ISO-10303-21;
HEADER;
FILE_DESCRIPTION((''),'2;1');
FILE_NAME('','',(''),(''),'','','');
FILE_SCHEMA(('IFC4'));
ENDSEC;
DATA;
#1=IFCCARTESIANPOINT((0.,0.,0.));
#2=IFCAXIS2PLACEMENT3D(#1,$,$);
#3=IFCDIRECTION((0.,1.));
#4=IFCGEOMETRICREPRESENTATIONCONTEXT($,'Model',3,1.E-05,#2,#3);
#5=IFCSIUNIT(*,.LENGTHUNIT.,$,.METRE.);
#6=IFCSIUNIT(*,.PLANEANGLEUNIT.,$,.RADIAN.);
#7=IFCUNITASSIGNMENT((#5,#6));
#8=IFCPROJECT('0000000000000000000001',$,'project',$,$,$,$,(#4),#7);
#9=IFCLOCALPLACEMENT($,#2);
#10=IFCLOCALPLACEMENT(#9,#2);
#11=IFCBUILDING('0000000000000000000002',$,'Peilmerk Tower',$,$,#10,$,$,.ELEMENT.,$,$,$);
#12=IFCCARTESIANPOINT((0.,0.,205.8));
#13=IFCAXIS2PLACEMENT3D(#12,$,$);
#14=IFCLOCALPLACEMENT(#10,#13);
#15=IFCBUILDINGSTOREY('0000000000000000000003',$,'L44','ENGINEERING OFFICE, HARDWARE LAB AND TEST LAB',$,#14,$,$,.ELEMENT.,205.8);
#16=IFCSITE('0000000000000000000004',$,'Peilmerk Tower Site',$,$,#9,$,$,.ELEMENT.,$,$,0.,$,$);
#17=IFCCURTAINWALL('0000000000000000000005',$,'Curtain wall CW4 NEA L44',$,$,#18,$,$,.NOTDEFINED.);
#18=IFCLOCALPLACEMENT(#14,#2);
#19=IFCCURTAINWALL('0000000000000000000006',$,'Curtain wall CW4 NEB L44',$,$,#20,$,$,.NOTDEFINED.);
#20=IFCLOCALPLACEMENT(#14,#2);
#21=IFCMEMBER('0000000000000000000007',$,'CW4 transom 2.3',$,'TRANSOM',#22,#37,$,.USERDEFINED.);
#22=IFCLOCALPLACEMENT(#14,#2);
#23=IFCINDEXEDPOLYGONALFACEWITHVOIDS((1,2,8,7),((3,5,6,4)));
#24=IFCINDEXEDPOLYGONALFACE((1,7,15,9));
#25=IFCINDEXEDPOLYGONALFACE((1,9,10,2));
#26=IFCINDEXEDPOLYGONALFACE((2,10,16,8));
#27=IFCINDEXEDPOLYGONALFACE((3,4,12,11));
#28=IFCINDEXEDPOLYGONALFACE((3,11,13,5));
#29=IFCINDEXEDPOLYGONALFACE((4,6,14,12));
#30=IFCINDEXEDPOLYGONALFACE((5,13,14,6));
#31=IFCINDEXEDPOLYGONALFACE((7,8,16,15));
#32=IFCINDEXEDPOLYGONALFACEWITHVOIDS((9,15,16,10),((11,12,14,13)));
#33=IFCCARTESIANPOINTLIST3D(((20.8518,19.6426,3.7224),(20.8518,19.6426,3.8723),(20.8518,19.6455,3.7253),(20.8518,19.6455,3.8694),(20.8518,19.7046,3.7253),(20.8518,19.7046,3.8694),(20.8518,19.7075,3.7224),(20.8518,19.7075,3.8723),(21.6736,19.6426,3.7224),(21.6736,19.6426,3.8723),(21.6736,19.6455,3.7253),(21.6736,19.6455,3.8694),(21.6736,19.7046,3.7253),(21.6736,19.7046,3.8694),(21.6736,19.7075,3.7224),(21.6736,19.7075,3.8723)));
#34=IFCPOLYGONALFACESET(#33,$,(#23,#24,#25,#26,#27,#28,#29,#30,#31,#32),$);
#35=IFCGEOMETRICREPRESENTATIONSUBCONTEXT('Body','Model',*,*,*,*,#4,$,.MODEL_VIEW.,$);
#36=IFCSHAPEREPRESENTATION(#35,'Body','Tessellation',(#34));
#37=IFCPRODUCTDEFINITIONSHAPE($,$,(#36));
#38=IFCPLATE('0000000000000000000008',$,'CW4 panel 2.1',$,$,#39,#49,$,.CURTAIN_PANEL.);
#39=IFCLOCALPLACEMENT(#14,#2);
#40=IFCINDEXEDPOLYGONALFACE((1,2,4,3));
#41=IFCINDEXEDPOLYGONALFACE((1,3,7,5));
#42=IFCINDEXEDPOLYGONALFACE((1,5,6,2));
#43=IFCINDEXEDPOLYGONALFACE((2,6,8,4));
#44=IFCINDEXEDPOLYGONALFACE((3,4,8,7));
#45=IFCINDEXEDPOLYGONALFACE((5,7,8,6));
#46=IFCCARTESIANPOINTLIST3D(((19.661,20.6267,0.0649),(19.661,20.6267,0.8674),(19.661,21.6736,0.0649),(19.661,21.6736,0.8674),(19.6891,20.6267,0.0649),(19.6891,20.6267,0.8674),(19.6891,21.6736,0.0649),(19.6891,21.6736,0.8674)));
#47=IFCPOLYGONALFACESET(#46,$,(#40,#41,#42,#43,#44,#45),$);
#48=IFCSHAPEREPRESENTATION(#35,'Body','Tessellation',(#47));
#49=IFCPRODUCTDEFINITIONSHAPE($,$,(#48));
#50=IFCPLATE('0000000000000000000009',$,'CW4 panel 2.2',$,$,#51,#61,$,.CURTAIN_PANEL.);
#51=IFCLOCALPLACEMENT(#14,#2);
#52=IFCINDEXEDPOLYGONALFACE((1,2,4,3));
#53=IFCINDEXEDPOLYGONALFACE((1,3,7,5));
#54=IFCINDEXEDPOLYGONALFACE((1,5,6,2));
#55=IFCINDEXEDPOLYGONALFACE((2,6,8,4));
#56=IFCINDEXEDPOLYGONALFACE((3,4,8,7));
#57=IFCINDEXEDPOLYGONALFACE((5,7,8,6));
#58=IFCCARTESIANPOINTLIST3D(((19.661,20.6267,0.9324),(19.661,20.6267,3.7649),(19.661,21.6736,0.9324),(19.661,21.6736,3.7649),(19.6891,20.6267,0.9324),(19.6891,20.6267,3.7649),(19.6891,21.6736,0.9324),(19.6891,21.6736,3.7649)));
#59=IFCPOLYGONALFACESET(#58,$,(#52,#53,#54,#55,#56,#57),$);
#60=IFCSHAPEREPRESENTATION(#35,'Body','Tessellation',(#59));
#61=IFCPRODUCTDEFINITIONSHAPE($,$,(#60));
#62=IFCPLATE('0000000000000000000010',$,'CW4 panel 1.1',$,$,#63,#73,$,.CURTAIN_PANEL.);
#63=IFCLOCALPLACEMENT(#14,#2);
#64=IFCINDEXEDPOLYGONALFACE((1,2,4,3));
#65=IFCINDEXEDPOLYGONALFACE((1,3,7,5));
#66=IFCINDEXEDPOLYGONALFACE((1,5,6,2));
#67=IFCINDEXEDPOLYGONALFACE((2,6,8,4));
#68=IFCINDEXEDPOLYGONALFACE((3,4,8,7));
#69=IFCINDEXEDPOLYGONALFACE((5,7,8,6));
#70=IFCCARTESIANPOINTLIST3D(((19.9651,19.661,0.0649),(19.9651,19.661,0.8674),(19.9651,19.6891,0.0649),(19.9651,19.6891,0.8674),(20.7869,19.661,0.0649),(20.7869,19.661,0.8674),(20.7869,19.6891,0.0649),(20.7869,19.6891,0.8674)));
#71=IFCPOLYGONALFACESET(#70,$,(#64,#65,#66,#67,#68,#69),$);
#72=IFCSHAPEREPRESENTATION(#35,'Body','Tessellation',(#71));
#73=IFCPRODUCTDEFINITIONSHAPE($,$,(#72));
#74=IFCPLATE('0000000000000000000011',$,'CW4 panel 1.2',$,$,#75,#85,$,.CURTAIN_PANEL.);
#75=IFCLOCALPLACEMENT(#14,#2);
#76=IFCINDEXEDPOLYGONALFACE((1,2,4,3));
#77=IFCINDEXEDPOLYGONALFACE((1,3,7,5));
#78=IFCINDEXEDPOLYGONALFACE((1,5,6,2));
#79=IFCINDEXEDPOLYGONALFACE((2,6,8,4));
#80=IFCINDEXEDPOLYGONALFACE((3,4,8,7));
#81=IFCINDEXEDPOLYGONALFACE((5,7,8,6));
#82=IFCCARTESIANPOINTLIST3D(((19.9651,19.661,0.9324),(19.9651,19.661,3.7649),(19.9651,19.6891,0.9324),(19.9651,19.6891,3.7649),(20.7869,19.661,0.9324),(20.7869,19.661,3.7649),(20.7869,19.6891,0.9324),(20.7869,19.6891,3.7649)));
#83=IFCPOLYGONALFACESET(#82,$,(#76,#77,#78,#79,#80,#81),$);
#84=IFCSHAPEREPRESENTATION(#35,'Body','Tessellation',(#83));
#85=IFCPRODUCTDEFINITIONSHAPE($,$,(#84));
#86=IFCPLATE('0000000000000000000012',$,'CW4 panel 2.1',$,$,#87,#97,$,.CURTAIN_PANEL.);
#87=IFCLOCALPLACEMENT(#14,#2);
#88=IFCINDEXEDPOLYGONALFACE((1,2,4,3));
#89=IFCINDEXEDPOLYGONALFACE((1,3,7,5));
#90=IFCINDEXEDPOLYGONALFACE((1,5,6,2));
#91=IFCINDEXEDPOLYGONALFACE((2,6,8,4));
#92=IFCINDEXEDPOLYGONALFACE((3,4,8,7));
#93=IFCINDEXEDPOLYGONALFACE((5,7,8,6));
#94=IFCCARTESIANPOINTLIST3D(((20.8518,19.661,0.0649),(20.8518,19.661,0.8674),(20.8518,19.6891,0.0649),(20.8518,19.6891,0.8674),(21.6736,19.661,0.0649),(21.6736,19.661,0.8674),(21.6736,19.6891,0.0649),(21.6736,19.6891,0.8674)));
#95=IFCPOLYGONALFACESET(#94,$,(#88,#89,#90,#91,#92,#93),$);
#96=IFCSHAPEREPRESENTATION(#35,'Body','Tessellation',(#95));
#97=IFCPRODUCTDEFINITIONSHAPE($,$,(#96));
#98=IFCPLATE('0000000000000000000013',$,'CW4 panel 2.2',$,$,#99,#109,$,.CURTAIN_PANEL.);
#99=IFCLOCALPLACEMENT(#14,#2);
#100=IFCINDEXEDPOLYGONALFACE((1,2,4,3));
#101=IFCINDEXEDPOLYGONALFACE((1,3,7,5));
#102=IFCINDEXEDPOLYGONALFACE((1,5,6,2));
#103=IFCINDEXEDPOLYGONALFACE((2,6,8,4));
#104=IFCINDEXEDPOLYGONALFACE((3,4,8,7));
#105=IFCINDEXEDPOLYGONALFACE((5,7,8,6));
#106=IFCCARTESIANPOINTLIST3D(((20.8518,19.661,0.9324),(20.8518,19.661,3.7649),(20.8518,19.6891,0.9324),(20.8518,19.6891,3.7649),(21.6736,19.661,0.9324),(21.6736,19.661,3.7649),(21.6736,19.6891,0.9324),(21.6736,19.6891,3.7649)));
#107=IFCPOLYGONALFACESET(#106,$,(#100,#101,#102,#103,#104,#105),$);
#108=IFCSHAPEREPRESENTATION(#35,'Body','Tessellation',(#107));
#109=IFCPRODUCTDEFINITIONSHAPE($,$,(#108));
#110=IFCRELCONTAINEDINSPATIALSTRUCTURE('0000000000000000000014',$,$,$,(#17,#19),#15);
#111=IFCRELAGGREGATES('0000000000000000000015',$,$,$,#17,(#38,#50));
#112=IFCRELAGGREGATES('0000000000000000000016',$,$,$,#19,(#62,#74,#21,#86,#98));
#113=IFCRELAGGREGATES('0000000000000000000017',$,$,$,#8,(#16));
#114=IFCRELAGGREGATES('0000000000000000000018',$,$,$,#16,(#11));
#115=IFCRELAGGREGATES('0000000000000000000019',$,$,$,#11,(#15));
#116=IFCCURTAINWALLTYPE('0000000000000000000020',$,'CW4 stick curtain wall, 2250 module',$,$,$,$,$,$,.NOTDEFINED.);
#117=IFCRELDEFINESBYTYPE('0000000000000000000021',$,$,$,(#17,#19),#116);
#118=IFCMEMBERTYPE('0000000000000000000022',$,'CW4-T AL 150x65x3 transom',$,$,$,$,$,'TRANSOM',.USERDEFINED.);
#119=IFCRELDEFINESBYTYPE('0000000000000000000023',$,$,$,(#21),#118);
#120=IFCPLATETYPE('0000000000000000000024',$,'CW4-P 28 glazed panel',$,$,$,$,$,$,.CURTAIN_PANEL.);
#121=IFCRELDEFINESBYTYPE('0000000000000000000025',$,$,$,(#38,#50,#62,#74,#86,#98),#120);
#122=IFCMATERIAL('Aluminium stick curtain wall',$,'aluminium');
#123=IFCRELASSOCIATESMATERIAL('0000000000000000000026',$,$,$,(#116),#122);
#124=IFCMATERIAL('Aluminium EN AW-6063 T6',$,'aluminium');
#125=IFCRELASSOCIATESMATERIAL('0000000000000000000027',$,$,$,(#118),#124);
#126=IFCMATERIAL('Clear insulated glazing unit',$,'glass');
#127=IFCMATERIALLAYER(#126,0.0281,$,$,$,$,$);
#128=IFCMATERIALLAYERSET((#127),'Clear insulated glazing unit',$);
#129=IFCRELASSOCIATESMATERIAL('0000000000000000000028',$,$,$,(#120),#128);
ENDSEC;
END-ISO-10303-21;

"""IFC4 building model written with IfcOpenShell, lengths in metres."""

from ifc_helpers import new_model, si_unit, direction, frame, origin, origin_2d, place, context, subcontext, project, spatial, rectangle, hollow_rectangle, extrude, material, layer, layer_set, material_profile, profile_set, type_object, element, aggregate, save


model = new_model("IFC4")

# Units and contexts
model_context = context("Model", 3, precision=1e-05, world=origin(), true_north=direction((0.0, 1.0)))
body_context = subcontext(model_context, "Body", "Model", "MODEL_VIEW")
ifc_project = project(units=[si_unit("LENGTHUNIT", "METRE"), si_unit("PLANEANGLEUNIT", "RADIAN")], contexts=[model_context])

# Site, building, storey
site_placement = place(None, origin())
site = spatial("IfcSite", under=ifc_project, at=site_placement, Name="Peilmerk Tower Site", CompositionType="ELEMENT", RefElevation=0.0)
building_placement = place(site_placement, origin())
building = spatial("IfcBuilding", under=site, at=building_placement, Name="Peilmerk Tower", CompositionType="ELEMENT")
storey_placement = place(building_placement, frame((0.0, 0.0, 205.8)))
storey = spatial("IfcBuildingStorey", under=building, at=storey_placement, Name="L44", Description="ENGINEERING OFFICE, HARDWARE LAB AND TEST LAB", CompositionType="ELEMENT", Elevation=205.8)

# Curtain wall
ifc_material_1 = material(Name="Aluminium stick curtain wall", Category="aluminium")
curtain_wall_type = type_object("IfcCurtainWallType", Name="CW4 stick curtain wall, 2250 module", PredefinedType="NOTDEFINED", material=ifc_material_1)
curtain_wall_1_placement = place(storey_placement, origin())
curtain_wall_1 = element("IfcCurtainWall", 1, at=curtain_wall_1_placement, inside=storey, type_object=curtain_wall_type, Name="Curtain wall CW4 NEA L44", PredefinedType="NOTDEFINED")
ifc_material_2 = material(Name="Aluminium EN AW-6063 T6", Category="aluminium")

# Curtain wall
curtain_wall_2_placement = place(storey_placement, origin())
curtain_wall_2 = element("IfcCurtainWall", 2, at=curtain_wall_2_placement, inside=storey, type_object=curtain_wall_type, Name="Curtain wall CW4 NEB L44", PredefinedType="NOTDEFINED")

# Member
ifc_material_profile_1 = material_profile(ifc_material_2, hollow_rectangle(XDim=0.0649, YDim=0.1499, WallThickness=0.0029, at=origin_2d()), Name="AL 150x65x3")
ifc_profile_set_1 = profile_set([ifc_material_profile_1], Name="Aluminium EN AW-6063 T6")
member_type_1 = type_object("IfcMemberType", Name="CW4-T AL 150x65x3 transom", ElementType="TRANSOM", PredefinedType="USERDEFINED", material=ifc_profile_set_1)
member_1_placement = place(storey_placement, frame((20.8518, 19.675, 3.7974), z_axis=(1.0, 0.0, 0.0), x_axis=(0.0, 1.0, 0.0)))
member_1 = element("IfcMember", 3, at=member_1_placement, type_object=member_type_1, Name="CW4 transom 2.3", ObjectType="TRANSOM", PredefinedType="USERDEFINED", context=body_context, shape_type="SweptSolid", body=[
    extrude(hollow_rectangle(XDim=0.0649, YDim=0.1499, WallThickness=0.0029, at=origin_2d()), origin(), (0.0, 0.0, 1.0), 0.8218),
])

# Plates
ifc_material_3 = material(Name="Clear insulated glazing unit", Category="glass")
ifc_layer_1 = layer(ifc_material_3, 0.0281)
ifc_layer_set_1 = layer_set([ifc_layer_1], Name="Clear insulated glazing unit")
plate_type = type_object("IfcPlateType", Name="CW4-P 28 glazed panel", PredefinedType="CURTAIN_PANEL", material=ifc_layer_set_1)
plate_1_placement = place(storey_placement, frame((19.675, 21.1501, 0.0649), z_axis=(0.0, 0.0, 1.0), x_axis=(0.0, 1.0, 0.0)))
plate_1 = element("IfcPlate", 4, at=plate_1_placement, type_object=plate_type, Name="CW4 panel 2.1", PredefinedType="CURTAIN_PANEL", context=body_context, shape_type="SweptSolid", body=[
    extrude(rectangle(XDim=1.0469, YDim=0.0281, at=origin_2d()), origin(), (0.0, 0.0, 1.0), 0.8025),
])
plate_2_placement = place(storey_placement, frame((19.675, 21.1501, 0.9324), z_axis=(0.0, 0.0, 1.0), x_axis=(0.0, 1.0, 0.0)))
plate_2 = element("IfcPlate", 5, at=plate_2_placement, type_object=plate_type, Name="CW4 panel 2.2", PredefinedType="CURTAIN_PANEL", context=body_context, shape_type="SweptSolid", body=[
    extrude(rectangle(XDim=1.0469, YDim=0.0281, at=origin_2d()), origin(), (0.0, 0.0, 1.0), 2.8325),
])
aggregate(curtain_wall_1, [plate_1, plate_2])
plate_3_placement = place(storey_placement, frame((20.376, 19.675, 0.0649), z_axis=(0.0, 0.0, 1.0), x_axis=(1.0, 0.0, 0.0)))
plate_3 = element("IfcPlate", 6, at=plate_3_placement, type_object=plate_type, Name="CW4 panel 1.1", PredefinedType="CURTAIN_PANEL", context=body_context, shape_type="SweptSolid", body=[
    extrude(rectangle(XDim=0.8218, YDim=0.0281, at=origin_2d()), origin(), (0.0, 0.0, 1.0), 0.8025),
])
plate_4_placement = place(storey_placement, frame((20.376, 19.675, 0.9324), z_axis=(0.0, 0.0, 1.0), x_axis=(1.0, 0.0, 0.0)))
plate_4 = element("IfcPlate", 7, at=plate_4_placement, type_object=plate_type, Name="CW4 panel 1.2", PredefinedType="CURTAIN_PANEL", context=body_context, shape_type="SweptSolid", body=[
    extrude(rectangle(XDim=0.8218, YDim=0.0281, at=origin_2d()), origin(), (0.0, 0.0, 1.0), 2.8325),
])
plate_5_placement = place(storey_placement, frame((21.2627, 19.675, 0.0649), z_axis=(0.0, 0.0, 1.0), x_axis=(1.0, 0.0, 0.0)))
plate_5 = element("IfcPlate", 8, at=plate_5_placement, type_object=plate_type, Name="CW4 panel 2.1", PredefinedType="CURTAIN_PANEL", context=body_context, shape_type="SweptSolid", body=[
    extrude(rectangle(XDim=0.8218, YDim=0.0281, at=origin_2d()), origin(), (0.0, 0.0, 1.0), 0.8025),
])
plate_6_placement = place(storey_placement, frame((21.2627, 19.675, 0.9324), z_axis=(0.0, 0.0, 1.0), x_axis=(1.0, 0.0, 0.0)))
plate_6 = element("IfcPlate", 9, at=plate_6_placement, type_object=plate_type, Name="CW4 panel 2.2", PredefinedType="CURTAIN_PANEL", context=body_context, shape_type="SweptSolid", body=[
    extrude(rectangle(XDim=0.8218, YDim=0.0281, at=origin_2d()), origin(), (0.0, 0.0, 1.0), 2.8325),
])
aggregate(curtain_wall_2, [plate_3, plate_4, member_1, plate_5, plate_6])

save(model, "model.ifc")
